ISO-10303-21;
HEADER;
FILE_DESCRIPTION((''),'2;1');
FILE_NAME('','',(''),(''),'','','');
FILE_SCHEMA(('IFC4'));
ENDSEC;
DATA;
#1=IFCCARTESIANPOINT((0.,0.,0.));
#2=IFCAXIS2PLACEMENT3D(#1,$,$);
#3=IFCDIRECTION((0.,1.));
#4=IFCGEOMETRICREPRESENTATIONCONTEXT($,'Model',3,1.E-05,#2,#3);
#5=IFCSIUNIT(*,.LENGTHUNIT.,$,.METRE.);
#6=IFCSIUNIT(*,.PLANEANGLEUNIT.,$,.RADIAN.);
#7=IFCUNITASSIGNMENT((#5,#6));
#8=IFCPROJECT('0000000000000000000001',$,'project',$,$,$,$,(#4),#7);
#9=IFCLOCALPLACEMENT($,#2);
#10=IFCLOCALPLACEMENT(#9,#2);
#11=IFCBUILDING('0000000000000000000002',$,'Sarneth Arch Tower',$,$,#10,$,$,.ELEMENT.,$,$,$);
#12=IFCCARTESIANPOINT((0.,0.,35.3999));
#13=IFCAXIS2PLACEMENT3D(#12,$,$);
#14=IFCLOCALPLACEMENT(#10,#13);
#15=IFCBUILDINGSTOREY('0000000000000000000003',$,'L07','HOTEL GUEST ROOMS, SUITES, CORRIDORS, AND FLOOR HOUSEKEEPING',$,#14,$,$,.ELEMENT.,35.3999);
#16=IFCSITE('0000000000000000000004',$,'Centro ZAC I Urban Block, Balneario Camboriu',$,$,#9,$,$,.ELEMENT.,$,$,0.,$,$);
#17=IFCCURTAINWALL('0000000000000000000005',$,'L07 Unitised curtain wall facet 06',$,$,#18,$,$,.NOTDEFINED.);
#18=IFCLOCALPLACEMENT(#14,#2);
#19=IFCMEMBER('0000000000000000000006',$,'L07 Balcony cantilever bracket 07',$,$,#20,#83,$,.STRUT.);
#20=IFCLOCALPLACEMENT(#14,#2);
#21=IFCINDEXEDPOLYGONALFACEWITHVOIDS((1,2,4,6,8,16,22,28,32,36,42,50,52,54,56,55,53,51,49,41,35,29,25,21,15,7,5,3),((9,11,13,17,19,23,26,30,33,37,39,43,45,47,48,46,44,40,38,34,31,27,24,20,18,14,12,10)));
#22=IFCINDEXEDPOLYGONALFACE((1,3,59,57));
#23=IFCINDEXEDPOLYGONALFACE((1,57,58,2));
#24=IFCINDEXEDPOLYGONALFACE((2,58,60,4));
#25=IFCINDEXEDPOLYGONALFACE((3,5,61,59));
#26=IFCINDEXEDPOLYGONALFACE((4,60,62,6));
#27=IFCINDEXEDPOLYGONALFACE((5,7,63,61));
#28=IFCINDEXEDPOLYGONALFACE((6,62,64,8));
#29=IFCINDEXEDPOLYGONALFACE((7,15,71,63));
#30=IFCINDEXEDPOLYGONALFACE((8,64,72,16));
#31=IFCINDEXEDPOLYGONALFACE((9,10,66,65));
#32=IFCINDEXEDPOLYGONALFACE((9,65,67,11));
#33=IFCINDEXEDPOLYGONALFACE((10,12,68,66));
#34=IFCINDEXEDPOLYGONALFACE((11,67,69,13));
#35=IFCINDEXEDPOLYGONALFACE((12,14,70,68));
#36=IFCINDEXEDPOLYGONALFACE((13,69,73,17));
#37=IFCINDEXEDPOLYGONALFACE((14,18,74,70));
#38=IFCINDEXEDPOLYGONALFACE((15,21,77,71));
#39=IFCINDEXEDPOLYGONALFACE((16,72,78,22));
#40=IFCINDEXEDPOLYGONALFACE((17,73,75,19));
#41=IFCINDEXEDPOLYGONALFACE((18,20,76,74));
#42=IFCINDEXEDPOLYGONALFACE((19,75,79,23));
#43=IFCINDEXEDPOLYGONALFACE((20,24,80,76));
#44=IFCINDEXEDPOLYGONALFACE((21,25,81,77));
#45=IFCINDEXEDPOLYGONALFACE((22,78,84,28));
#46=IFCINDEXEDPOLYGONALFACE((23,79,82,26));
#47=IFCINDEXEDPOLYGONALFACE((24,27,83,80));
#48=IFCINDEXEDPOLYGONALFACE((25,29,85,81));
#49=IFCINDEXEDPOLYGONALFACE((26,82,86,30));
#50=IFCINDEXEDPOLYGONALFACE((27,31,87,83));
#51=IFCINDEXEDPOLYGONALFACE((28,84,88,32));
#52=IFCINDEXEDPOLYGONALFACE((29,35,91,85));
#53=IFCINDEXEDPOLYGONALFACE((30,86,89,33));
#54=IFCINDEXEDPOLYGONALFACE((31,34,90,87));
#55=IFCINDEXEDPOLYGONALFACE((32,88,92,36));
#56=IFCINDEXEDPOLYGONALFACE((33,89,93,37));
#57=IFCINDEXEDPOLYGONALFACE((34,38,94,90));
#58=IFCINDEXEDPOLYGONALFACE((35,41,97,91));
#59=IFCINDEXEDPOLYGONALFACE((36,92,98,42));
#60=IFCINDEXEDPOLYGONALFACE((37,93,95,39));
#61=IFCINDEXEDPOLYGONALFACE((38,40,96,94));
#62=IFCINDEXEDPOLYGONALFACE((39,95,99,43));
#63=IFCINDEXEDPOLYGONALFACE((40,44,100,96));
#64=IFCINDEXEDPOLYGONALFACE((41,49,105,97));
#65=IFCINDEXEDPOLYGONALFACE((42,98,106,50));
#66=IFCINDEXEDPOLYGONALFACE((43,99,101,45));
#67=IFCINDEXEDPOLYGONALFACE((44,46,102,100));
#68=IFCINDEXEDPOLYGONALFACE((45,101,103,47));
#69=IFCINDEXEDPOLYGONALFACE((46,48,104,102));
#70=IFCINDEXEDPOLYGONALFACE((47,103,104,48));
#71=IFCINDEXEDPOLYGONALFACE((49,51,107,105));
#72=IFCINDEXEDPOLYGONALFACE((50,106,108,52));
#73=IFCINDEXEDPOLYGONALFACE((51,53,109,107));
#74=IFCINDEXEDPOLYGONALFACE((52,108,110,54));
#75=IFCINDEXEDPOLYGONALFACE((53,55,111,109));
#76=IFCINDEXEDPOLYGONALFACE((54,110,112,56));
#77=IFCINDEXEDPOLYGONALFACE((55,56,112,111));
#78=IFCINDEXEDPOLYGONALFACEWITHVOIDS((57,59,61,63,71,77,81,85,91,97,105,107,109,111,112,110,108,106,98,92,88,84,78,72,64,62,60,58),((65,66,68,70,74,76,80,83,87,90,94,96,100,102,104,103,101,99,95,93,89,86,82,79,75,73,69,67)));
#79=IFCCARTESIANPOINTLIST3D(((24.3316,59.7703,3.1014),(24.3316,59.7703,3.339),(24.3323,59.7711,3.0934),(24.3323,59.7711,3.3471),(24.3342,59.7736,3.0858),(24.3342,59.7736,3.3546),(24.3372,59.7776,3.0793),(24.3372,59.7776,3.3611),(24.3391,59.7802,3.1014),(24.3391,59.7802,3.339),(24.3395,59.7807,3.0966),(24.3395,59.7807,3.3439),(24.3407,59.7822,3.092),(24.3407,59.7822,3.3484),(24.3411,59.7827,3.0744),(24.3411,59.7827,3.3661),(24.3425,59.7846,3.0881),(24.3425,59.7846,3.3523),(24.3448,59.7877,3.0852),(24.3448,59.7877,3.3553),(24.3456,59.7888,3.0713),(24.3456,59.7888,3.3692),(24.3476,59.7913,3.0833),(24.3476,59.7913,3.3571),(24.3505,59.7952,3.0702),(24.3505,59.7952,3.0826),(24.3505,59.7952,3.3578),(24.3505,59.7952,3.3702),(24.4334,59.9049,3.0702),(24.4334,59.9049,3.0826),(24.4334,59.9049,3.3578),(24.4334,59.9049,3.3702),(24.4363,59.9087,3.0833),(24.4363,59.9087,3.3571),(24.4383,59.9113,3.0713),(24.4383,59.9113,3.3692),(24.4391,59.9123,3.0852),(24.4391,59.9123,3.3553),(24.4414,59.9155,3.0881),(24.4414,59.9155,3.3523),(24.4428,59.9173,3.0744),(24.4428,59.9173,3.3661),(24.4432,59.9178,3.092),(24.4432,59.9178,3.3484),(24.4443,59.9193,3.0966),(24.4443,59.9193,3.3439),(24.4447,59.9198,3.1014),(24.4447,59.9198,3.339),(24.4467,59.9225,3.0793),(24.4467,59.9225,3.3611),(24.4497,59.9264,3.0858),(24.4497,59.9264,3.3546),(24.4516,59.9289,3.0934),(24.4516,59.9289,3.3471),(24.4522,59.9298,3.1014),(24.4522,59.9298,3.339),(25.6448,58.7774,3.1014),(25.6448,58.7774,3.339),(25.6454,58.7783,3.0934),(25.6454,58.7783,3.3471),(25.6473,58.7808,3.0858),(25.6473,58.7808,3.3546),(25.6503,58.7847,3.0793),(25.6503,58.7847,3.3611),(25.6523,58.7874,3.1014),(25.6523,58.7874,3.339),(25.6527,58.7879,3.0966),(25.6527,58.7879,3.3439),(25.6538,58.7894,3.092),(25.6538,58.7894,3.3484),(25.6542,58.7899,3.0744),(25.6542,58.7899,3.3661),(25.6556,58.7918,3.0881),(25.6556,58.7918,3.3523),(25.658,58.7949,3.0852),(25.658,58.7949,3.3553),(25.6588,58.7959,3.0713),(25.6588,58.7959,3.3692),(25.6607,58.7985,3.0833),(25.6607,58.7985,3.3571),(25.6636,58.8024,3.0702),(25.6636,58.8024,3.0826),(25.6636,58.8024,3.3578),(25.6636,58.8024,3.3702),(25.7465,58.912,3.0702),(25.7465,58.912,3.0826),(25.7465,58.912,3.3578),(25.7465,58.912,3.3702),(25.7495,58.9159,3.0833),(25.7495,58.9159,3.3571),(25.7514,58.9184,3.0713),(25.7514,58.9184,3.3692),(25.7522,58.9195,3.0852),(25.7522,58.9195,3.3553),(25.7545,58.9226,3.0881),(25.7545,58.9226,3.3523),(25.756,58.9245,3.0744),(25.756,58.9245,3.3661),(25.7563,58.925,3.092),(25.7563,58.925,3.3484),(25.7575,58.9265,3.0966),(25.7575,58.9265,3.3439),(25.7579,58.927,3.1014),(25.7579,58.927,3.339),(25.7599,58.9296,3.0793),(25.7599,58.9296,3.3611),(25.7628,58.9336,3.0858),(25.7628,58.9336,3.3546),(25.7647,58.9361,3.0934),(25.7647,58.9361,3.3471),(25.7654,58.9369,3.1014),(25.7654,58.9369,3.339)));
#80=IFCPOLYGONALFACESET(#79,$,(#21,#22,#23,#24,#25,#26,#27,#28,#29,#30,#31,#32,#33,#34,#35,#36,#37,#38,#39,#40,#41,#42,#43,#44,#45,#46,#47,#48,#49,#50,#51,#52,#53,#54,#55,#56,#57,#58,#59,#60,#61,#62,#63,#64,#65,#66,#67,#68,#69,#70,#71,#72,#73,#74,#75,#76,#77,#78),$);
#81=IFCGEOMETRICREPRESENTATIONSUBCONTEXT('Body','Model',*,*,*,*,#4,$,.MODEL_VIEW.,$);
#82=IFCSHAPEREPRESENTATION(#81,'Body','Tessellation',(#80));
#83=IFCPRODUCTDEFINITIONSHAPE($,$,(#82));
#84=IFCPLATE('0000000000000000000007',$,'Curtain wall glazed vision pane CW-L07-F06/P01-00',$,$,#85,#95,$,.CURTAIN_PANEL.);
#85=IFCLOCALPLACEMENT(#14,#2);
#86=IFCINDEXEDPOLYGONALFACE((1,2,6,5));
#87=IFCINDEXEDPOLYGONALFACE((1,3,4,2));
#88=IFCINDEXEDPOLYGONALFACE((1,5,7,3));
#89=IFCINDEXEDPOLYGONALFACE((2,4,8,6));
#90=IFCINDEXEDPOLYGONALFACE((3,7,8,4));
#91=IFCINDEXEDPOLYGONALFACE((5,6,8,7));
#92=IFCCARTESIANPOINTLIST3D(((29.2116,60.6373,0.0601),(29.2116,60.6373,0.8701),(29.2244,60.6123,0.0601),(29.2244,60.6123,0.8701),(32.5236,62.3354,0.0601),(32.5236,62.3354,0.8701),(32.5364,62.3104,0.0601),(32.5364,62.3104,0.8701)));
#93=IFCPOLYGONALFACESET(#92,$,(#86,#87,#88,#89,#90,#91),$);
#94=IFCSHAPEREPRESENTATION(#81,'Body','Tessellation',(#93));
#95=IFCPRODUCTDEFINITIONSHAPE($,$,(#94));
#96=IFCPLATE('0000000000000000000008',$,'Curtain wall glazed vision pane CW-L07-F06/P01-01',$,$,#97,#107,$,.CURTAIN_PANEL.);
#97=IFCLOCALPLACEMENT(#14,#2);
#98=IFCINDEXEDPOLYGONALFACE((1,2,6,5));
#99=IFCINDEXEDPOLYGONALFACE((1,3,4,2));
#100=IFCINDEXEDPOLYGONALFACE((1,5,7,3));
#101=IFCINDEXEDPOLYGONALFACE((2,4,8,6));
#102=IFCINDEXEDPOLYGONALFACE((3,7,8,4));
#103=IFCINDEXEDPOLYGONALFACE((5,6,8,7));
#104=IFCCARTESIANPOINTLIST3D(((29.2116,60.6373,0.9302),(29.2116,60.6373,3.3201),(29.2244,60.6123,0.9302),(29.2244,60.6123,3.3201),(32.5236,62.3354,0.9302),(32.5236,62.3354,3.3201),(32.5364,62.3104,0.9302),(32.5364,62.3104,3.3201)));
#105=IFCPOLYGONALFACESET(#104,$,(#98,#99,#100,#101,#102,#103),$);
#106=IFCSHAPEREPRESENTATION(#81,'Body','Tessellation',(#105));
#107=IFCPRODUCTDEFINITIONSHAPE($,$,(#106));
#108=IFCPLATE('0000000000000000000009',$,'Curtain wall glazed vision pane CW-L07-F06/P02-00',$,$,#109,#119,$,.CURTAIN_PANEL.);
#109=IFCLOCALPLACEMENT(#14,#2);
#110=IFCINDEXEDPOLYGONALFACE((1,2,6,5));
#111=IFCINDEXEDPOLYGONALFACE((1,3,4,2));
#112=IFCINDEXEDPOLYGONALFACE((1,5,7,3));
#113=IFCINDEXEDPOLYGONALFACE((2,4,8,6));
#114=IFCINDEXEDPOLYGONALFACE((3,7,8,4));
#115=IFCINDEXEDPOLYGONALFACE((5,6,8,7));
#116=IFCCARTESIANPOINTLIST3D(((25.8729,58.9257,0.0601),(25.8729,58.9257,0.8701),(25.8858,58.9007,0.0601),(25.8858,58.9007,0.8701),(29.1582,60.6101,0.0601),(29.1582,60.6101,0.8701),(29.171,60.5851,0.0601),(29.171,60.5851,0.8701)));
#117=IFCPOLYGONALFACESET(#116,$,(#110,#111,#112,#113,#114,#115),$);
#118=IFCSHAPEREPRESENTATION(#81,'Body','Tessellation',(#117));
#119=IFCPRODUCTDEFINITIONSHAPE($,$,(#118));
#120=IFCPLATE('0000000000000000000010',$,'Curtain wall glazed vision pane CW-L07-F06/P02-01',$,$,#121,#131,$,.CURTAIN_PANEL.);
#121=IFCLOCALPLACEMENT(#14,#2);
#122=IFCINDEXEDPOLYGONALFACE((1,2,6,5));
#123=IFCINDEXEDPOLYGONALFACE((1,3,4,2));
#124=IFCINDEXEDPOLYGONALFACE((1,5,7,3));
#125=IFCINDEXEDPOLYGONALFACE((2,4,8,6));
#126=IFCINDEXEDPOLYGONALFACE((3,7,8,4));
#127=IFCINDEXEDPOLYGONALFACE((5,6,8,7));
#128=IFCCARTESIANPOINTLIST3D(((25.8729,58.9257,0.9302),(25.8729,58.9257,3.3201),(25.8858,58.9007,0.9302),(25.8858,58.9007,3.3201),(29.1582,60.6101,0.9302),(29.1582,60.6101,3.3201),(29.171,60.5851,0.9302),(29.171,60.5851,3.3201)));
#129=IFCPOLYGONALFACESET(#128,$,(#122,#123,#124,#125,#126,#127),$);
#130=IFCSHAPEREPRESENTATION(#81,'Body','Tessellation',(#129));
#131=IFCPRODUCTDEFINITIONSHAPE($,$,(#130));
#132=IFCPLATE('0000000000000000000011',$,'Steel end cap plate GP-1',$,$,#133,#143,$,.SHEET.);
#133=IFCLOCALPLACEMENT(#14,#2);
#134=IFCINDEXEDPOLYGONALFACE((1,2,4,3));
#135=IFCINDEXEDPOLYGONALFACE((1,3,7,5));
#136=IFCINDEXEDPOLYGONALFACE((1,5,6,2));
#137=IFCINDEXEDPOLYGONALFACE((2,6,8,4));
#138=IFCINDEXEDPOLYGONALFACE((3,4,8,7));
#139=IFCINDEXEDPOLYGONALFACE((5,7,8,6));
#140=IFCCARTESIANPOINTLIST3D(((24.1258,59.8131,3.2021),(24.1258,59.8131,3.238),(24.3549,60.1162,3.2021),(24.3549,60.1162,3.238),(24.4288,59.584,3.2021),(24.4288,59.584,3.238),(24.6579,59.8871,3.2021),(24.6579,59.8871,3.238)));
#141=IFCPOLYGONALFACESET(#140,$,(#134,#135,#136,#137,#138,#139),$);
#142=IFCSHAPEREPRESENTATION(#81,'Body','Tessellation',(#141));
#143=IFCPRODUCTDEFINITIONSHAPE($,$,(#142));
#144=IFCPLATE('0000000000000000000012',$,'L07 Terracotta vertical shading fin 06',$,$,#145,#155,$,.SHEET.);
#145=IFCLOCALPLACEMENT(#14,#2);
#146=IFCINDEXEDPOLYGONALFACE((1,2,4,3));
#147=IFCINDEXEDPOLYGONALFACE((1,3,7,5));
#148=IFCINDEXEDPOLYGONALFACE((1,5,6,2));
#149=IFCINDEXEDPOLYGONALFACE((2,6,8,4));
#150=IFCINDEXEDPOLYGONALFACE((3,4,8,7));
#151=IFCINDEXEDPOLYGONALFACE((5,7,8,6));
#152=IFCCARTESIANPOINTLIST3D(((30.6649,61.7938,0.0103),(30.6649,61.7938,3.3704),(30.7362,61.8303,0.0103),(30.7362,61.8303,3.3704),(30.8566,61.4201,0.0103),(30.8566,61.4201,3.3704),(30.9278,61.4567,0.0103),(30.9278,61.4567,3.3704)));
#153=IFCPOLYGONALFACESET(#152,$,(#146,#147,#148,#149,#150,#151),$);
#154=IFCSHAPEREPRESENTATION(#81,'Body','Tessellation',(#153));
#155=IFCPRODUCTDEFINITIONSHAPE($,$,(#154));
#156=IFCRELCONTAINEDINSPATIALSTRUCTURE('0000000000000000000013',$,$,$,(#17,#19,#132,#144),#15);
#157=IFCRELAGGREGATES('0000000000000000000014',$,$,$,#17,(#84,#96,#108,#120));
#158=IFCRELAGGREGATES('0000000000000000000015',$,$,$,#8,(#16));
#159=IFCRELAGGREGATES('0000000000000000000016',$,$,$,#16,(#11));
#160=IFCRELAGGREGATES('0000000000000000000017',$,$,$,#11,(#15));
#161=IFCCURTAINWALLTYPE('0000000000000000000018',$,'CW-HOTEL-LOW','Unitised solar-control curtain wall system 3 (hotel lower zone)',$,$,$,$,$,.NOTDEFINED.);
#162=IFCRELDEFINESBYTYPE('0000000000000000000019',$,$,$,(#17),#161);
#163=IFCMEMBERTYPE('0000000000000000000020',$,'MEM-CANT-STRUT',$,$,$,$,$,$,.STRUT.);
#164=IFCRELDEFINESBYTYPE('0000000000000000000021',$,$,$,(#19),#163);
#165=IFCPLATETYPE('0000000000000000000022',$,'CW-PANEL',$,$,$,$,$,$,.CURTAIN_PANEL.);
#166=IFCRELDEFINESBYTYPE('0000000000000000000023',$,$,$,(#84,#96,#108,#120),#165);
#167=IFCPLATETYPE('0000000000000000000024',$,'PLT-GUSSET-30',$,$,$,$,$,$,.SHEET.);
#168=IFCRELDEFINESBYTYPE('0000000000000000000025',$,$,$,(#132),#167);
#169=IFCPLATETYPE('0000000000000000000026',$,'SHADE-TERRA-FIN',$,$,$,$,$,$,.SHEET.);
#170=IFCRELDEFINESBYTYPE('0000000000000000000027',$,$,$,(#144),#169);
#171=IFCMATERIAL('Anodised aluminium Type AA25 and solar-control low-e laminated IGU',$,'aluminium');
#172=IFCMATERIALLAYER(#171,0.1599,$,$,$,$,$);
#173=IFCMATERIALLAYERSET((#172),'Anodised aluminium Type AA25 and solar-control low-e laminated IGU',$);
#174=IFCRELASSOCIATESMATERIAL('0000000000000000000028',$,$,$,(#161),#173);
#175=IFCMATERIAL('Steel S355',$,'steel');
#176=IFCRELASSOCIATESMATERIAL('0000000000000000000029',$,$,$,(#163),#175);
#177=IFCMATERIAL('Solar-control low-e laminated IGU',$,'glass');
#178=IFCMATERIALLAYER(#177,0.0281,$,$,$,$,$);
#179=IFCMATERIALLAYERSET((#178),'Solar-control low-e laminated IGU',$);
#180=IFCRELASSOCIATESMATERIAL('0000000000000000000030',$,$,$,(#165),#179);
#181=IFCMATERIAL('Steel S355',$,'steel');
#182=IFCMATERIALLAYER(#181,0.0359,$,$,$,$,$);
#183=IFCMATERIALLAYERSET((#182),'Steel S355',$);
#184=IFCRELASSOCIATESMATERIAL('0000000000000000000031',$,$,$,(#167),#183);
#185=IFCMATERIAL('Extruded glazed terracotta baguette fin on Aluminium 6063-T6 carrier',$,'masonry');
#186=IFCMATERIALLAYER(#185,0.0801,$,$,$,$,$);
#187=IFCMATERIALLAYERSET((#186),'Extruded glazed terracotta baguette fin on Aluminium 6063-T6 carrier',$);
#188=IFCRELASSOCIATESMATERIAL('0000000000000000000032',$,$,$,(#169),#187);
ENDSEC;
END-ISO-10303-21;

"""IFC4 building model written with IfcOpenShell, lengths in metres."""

from ifc_helpers import new_model, si_unit, direction, frame, origin, origin_2d, place, context, subcontext, project, spatial, rectangle, hollow_rectangle, extrude, material, layer, layer_set, material_profile, profile_set, type_object, element, aggregate, save


model = new_model("IFC4")

# Units and contexts
model_context = context("Model", 3, precision=1e-05, world=origin(), true_north=direction((0.0, 1.0)))
body_context = subcontext(model_context, "Body", "Model", "MODEL_VIEW")
ifc_project = project(units=[si_unit("LENGTHUNIT", "METRE"), si_unit("PLANEANGLEUNIT", "RADIAN")], contexts=[model_context])

# Site, building, storey
site_placement = place(None, origin())
site = spatial("IfcSite", under=ifc_project, at=site_placement, Name="Centro ZAC I Urban Block, Balneario Camboriu", CompositionType="ELEMENT", RefElevation=0.0)
building_placement = place(site_placement, origin())
building = spatial("IfcBuilding", under=site, at=building_placement, Name="Sarneth Arch Tower", CompositionType="ELEMENT")
storey_placement = place(building_placement, frame((0.0, 0.0, 35.3999)))
storey = spatial("IfcBuildingStorey", under=building, at=storey_placement, Name="L07", Description="HOTEL GUEST ROOMS, SUITES, CORRIDORS, AND FLOOR HOUSEKEEPING", CompositionType="ELEMENT", Elevation=35.3999)

# Curtain wall
ifc_material_1 = material(Name="Anodised aluminium Type AA25 and solar-control low-e laminated IGU", Category="aluminium")
ifc_layer_1 = layer(ifc_material_1, 0.1599)
ifc_layer_set_1 = layer_set([ifc_layer_1], Name="Anodised aluminium Type AA25 and solar-control low-e laminated IGU")
curtain_wall_type = type_object("IfcCurtainWallType", Name="CW-HOTEL-LOW", Description="Unitised solar-control curtain wall system 3 (hotel lower zone)", PredefinedType="NOTDEFINED", material=ifc_layer_set_1)
curtain_wall_placement = place(storey_placement, origin())
curtain_wall = element("IfcCurtainWall", 1, at=curtain_wall_placement, inside=storey, type_object=curtain_wall_type, Name="L07 Unitised curtain wall facet 06", PredefinedType="NOTDEFINED")

# Member
ifc_material_2 = material(Name="Steel S355", Category="steel")
ifc_material_profile_1 = material_profile(ifc_material_2, hollow_rectangle(XDim=0.2, YDim=0.3, WallThickness=0.0125, InnerFilletRadius=0.0188, OuterFilletRadius=0.0312, at=origin_2d()), Name="RHS300x200x12.5")
ifc_profile_set_1 = profile_set([ifc_material_profile_1], Name="Steel S355")
member_type_1 = type_object("IfcMemberType", Name="MEM-CANT-STRUT", PredefinedType="STRUT", material=ifc_profile_set_1)
member_1_placement = place(storey_placement, frame((25.7051, 58.8572, 3.2202), z_axis=(-0.797663, 0.603104, 0.0), x_axis=(-0.603104, -0.797663, 0.0)))
element("IfcMember", 2, at=member_1_placement, inside=storey, type_object=member_type_1, Name="L07 Balcony cantilever bracket 07", PredefinedType="STRUT", context=body_context, shape_type="SweptSolid", body=[
    extrude(hollow_rectangle(XDim=0.2, YDim=0.3, WallThickness=0.0125, InnerFilletRadius=0.0188, OuterFilletRadius=0.0312, at=origin_2d()), origin(), (0.0, 0.0, 1.0), 1.6462),
])

# Plates
ifc_material_3 = material(Name="Solar-control low-e laminated IGU", Category="glass")
ifc_layer_2 = layer(ifc_material_3, 0.0281)
ifc_layer_set_2 = layer_set([ifc_layer_2], Name="Solar-control low-e laminated IGU")
plate_type_1 = type_object("IfcPlateType", Name="CW-PANEL", PredefinedType="CURTAIN_PANEL", material=ifc_layer_set_2)
plate_1_placement = place(storey_placement, frame((30.874, 61.4739, 0.0601), z_axis=(0.0, 0.0, 1.0), x_axis=(-0.889854, -0.456245, 0.0)))
plate_1 = element("IfcPlate", 3, at=plate_1_placement, type_object=plate_type_1, Name="Curtain wall glazed vision pane CW-L07-F06/P01-00", PredefinedType="CURTAIN_PANEL", context=body_context, shape_type="SweptSolid", body=[
    extrude(rectangle(XDim=3.7219, YDim=0.0281, at=origin_2d()), origin(), (0.0, 0.0, 1.0), 0.8101),
])
plate_2_placement = place(storey_placement, frame((30.874, 61.4739, 0.9302), z_axis=(0.0, 0.0, 1.0), x_axis=(-0.889854, -0.456245, 0.0)))
plate_2 = element("IfcPlate", 4, at=plate_2_placement, type_object=plate_type_1, Name="Curtain wall glazed vision pane CW-L07-F06/P01-01", PredefinedType="CURTAIN_PANEL", context=body_context, shape_type="SweptSolid", body=[
    extrude(rectangle(XDim=3.7219, YDim=0.0281, at=origin_2d()), origin(), (0.0, 0.0, 1.0), 2.3899),
])
plate_3_placement = place(storey_placement, frame((27.522, 59.7554, 0.0601), z_axis=(0.0, 0.0, 1.0), x_axis=(-0.889854, -0.456245, 0.0)))
plate_3 = element("IfcPlate", 5, at=plate_3_placement, type_object=plate_type_1, Name="Curtain wall glazed vision pane CW-L07-F06/P02-00", PredefinedType="CURTAIN_PANEL", context=body_context, shape_type="SweptSolid", body=[
    extrude(rectangle(XDim=3.6919, YDim=0.0281, at=origin_2d()), origin(), (0.0, 0.0, 1.0), 0.8101),
])
plate_4_placement = place(storey_placement, frame((27.522, 59.7554, 0.9302), z_axis=(0.0, 0.0, 1.0), x_axis=(-0.889854, -0.456245, 0.0)))
plate_4 = element("IfcPlate", 6, at=plate_4_placement, type_object=plate_type_1, Name="Curtain wall glazed vision pane CW-L07-F06/P02-01", PredefinedType="CURTAIN_PANEL", context=body_context, shape_type="SweptSolid", body=[
    extrude(rectangle(XDim=3.6919, YDim=0.0281, at=origin_2d()), origin(), (0.0, 0.0, 1.0), 2.3899),
])
aggregate(curtain_wall, [plate_1, plate_2, plate_3, plate_4])

# Plates
ifc_material_4 = material(Name="Steel S355", Category="steel")
ifc_layer_3 = layer(ifc_material_4, 0.0359)
ifc_layer_set_3 = layer_set([ifc_layer_3], Name="Steel S355")
plate_type_2 = type_object("IfcPlateType", Name="PLT-GUSSET-30", PredefinedType="SHEET", material=ifc_layer_set_3)
plate_5_placement = place(storey_placement, frame((24.3918, 59.8501, 3.2021), z_axis=(0.0, 0.0, 1.0), x_axis=(-0.797689, 0.603069, 0.0)))
element("IfcPlate", 7, at=plate_5_placement, inside=storey, type_object=plate_type_2, Name="Steel end cap plate GP-1", PredefinedType="SHEET", context=body_context, shape_type="SweptSolid", body=[
    extrude(rectangle(XDim=0.3799, YDim=0.3799, at=origin_2d()), origin(), (0.0, 0.0, 1.0), 0.0359),
])
ifc_material_5 = material(Name="Extruded glazed terracotta baguette fin on Aluminium 6063-T6 carrier", Category="masonry")
ifc_layer_4 = layer(ifc_material_5, 0.0801)
ifc_layer_set_4 = layer_set([ifc_layer_4], Name="Extruded glazed terracotta baguette fin on Aluminium 6063-T6 carrier")
plate_type_3 = type_object("IfcPlateType", Name="SHADE-TERRA-FIN", PredefinedType="SHEET", material=ifc_layer_set_4)
plate_6_placement = place(storey_placement, frame((30.7964, 61.6252, 0.0103), z_axis=(0.0, 0.0, 1.0), x_axis=(-0.456322, 0.889815, 0.0)))
element("IfcPlate", 8, at=plate_6_placement, inside=storey, type_object=plate_type_3, Name="L07 Terracotta vertical shading fin 06", PredefinedType="SHEET", context=body_context, shape_type="SweptSolid", body=[
    extrude(rectangle(XDim=0.4199, YDim=0.0801, at=origin_2d()), origin(), (0.0, 0.0, 1.0), 3.3601),
])

save(model, "model.ifc")
